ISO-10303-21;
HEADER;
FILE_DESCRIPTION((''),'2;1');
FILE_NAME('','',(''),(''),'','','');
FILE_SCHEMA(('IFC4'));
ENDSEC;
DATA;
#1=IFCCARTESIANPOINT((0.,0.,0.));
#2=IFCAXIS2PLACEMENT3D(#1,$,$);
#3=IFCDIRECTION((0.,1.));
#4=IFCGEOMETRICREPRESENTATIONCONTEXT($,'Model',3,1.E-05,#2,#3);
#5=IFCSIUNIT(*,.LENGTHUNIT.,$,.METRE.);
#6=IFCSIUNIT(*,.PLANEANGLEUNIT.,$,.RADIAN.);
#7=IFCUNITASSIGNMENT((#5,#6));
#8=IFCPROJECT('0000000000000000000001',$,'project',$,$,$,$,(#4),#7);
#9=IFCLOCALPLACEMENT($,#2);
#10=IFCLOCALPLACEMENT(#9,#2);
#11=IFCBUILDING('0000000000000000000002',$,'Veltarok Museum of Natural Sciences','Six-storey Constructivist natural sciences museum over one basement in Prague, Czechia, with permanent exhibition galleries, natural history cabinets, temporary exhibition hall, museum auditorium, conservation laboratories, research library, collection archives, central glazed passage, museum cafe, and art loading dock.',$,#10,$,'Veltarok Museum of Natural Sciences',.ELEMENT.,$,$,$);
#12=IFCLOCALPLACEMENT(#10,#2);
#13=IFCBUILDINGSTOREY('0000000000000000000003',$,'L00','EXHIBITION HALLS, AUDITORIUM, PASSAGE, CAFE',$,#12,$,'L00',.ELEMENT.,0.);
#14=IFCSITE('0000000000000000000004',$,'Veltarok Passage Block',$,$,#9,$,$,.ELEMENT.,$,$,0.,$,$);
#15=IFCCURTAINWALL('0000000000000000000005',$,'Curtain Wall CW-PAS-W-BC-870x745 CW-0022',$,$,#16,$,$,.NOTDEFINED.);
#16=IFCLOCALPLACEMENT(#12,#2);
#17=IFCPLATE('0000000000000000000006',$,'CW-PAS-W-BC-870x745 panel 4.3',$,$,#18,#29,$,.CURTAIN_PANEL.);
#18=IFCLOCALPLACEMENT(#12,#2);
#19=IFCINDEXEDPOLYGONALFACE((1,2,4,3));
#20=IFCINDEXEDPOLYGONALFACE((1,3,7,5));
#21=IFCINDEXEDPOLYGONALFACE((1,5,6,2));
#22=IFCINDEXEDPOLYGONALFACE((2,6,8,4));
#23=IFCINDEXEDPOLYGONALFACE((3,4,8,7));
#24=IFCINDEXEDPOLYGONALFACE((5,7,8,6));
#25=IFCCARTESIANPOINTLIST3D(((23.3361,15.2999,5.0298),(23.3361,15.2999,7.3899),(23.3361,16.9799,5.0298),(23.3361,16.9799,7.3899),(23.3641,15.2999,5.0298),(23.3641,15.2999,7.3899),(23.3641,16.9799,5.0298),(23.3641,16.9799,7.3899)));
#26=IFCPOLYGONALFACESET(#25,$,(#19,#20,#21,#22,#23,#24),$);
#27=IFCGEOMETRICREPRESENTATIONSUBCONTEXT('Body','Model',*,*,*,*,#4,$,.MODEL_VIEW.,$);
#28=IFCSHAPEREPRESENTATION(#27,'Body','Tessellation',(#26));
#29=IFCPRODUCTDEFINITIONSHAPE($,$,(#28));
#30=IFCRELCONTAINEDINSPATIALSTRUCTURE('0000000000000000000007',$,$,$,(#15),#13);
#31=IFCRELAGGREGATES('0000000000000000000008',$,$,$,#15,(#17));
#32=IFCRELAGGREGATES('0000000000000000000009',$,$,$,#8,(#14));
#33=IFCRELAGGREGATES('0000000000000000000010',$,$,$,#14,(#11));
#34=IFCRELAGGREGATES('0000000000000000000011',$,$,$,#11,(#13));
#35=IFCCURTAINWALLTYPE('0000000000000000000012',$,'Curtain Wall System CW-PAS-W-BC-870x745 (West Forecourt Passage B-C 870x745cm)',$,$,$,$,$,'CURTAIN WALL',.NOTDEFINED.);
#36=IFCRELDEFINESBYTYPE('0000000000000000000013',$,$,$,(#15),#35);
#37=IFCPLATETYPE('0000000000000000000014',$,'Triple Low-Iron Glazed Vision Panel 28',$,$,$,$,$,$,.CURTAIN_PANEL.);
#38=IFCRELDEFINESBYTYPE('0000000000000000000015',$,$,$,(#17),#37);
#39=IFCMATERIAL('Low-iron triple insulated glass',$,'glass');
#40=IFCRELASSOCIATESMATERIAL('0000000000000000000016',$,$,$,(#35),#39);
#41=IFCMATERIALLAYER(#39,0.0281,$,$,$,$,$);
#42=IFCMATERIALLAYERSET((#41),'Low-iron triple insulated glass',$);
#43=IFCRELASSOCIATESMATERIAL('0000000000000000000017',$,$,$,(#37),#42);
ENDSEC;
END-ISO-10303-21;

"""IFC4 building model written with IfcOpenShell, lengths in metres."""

from ifc_helpers import new_model, si_unit, direction, frame, origin, origin_2d, place, context, subcontext, project, spatial, rectangle, extrude, material, layer, layer_set, type_object, element, aggregate, save


model = new_model("IFC4")

# Units and contexts
model_context = context("Model", 3, precision=1e-05, world=origin(), true_north=direction((0.0, 1.0)))
body_context = subcontext(model_context, "Body", "Model", "MODEL_VIEW")
ifc_project = project(units=[si_unit("LENGTHUNIT", "METRE"), si_unit("PLANEANGLEUNIT", "RADIAN")], contexts=[model_context])

# Site, building, storey
site_placement = place(None, origin())
site = spatial("IfcSite", under=ifc_project, at=site_placement, Name="Veltarok Passage Block", CompositionType="ELEMENT", RefElevation=0.0)
building_placement = place(site_placement, origin())
building = spatial("IfcBuilding", under=site, at=building_placement, Name="Veltarok Museum of Natural Sciences", Description="Six-storey Constructivist natural sciences museum over one basement in Prague, Czechia, with permanent exhibition galleries, natural history cabinets, temporary exhibition hall, museum auditorium, conservation laboratories, research library, collection archives, central glazed passage, museum cafe, and art loading dock.", LongName="Veltarok Museum of Natural Sciences", CompositionType="ELEMENT")
storey_placement = place(building_placement, origin())
storey = spatial("IfcBuildingStorey", under=building, at=storey_placement, Name="L00", Description="EXHIBITION HALLS, AUDITORIUM, PASSAGE, CAFE", LongName="L00", CompositionType="ELEMENT", Elevation=0.0)

# Curtain wall, plate
ifc_material_1 = material(Name="Low-iron triple insulated glass", Category="glass")
curtain_wall_type = type_object("IfcCurtainWallType", Name="Curtain Wall System CW-PAS-W-BC-870x745 (West Forecourt Passage B-C 870x745cm)", ElementType="CURTAIN WALL", PredefinedType="NOTDEFINED", material=ifc_material_1)
curtain_wall_placement = place(storey_placement, origin())
curtain_wall = element("IfcCurtainWall", 1, at=curtain_wall_placement, inside=storey, type_object=curtain_wall_type, Name="Curtain Wall CW-PAS-W-BC-870x745 CW-0022", PredefinedType="NOTDEFINED")
ifc_layer = layer(ifc_material_1, 0.0281)
ifc_layer_set = layer_set([ifc_layer], Name="Low-iron triple insulated glass")
plate_type = type_object("IfcPlateType", Name="Triple Low-Iron Glazed Vision Panel 28", PredefinedType="CURTAIN_PANEL", material=ifc_layer_set)
plate_1_placement = place(storey_placement, frame((23.3501, 16.1399, 5.0298), z_axis=(0.0, 0.0, 1.0), x_axis=(0.0, 1.0, 0.0)))
plate_1 = element("IfcPlate", 2, at=plate_1_placement, type_object=plate_type, Name="CW-PAS-W-BC-870x745 panel 4.3", PredefinedType="CURTAIN_PANEL", context=body_context, shape_type="SweptSolid", body=[
    extrude(rectangle(XDim=1.6799, YDim=0.0281, at=origin_2d()), origin(), (0.0, 0.0, 1.0), 2.3601),
])
aggregate(curtain_wall, [plate_1])

save(model, "model.ifc")
